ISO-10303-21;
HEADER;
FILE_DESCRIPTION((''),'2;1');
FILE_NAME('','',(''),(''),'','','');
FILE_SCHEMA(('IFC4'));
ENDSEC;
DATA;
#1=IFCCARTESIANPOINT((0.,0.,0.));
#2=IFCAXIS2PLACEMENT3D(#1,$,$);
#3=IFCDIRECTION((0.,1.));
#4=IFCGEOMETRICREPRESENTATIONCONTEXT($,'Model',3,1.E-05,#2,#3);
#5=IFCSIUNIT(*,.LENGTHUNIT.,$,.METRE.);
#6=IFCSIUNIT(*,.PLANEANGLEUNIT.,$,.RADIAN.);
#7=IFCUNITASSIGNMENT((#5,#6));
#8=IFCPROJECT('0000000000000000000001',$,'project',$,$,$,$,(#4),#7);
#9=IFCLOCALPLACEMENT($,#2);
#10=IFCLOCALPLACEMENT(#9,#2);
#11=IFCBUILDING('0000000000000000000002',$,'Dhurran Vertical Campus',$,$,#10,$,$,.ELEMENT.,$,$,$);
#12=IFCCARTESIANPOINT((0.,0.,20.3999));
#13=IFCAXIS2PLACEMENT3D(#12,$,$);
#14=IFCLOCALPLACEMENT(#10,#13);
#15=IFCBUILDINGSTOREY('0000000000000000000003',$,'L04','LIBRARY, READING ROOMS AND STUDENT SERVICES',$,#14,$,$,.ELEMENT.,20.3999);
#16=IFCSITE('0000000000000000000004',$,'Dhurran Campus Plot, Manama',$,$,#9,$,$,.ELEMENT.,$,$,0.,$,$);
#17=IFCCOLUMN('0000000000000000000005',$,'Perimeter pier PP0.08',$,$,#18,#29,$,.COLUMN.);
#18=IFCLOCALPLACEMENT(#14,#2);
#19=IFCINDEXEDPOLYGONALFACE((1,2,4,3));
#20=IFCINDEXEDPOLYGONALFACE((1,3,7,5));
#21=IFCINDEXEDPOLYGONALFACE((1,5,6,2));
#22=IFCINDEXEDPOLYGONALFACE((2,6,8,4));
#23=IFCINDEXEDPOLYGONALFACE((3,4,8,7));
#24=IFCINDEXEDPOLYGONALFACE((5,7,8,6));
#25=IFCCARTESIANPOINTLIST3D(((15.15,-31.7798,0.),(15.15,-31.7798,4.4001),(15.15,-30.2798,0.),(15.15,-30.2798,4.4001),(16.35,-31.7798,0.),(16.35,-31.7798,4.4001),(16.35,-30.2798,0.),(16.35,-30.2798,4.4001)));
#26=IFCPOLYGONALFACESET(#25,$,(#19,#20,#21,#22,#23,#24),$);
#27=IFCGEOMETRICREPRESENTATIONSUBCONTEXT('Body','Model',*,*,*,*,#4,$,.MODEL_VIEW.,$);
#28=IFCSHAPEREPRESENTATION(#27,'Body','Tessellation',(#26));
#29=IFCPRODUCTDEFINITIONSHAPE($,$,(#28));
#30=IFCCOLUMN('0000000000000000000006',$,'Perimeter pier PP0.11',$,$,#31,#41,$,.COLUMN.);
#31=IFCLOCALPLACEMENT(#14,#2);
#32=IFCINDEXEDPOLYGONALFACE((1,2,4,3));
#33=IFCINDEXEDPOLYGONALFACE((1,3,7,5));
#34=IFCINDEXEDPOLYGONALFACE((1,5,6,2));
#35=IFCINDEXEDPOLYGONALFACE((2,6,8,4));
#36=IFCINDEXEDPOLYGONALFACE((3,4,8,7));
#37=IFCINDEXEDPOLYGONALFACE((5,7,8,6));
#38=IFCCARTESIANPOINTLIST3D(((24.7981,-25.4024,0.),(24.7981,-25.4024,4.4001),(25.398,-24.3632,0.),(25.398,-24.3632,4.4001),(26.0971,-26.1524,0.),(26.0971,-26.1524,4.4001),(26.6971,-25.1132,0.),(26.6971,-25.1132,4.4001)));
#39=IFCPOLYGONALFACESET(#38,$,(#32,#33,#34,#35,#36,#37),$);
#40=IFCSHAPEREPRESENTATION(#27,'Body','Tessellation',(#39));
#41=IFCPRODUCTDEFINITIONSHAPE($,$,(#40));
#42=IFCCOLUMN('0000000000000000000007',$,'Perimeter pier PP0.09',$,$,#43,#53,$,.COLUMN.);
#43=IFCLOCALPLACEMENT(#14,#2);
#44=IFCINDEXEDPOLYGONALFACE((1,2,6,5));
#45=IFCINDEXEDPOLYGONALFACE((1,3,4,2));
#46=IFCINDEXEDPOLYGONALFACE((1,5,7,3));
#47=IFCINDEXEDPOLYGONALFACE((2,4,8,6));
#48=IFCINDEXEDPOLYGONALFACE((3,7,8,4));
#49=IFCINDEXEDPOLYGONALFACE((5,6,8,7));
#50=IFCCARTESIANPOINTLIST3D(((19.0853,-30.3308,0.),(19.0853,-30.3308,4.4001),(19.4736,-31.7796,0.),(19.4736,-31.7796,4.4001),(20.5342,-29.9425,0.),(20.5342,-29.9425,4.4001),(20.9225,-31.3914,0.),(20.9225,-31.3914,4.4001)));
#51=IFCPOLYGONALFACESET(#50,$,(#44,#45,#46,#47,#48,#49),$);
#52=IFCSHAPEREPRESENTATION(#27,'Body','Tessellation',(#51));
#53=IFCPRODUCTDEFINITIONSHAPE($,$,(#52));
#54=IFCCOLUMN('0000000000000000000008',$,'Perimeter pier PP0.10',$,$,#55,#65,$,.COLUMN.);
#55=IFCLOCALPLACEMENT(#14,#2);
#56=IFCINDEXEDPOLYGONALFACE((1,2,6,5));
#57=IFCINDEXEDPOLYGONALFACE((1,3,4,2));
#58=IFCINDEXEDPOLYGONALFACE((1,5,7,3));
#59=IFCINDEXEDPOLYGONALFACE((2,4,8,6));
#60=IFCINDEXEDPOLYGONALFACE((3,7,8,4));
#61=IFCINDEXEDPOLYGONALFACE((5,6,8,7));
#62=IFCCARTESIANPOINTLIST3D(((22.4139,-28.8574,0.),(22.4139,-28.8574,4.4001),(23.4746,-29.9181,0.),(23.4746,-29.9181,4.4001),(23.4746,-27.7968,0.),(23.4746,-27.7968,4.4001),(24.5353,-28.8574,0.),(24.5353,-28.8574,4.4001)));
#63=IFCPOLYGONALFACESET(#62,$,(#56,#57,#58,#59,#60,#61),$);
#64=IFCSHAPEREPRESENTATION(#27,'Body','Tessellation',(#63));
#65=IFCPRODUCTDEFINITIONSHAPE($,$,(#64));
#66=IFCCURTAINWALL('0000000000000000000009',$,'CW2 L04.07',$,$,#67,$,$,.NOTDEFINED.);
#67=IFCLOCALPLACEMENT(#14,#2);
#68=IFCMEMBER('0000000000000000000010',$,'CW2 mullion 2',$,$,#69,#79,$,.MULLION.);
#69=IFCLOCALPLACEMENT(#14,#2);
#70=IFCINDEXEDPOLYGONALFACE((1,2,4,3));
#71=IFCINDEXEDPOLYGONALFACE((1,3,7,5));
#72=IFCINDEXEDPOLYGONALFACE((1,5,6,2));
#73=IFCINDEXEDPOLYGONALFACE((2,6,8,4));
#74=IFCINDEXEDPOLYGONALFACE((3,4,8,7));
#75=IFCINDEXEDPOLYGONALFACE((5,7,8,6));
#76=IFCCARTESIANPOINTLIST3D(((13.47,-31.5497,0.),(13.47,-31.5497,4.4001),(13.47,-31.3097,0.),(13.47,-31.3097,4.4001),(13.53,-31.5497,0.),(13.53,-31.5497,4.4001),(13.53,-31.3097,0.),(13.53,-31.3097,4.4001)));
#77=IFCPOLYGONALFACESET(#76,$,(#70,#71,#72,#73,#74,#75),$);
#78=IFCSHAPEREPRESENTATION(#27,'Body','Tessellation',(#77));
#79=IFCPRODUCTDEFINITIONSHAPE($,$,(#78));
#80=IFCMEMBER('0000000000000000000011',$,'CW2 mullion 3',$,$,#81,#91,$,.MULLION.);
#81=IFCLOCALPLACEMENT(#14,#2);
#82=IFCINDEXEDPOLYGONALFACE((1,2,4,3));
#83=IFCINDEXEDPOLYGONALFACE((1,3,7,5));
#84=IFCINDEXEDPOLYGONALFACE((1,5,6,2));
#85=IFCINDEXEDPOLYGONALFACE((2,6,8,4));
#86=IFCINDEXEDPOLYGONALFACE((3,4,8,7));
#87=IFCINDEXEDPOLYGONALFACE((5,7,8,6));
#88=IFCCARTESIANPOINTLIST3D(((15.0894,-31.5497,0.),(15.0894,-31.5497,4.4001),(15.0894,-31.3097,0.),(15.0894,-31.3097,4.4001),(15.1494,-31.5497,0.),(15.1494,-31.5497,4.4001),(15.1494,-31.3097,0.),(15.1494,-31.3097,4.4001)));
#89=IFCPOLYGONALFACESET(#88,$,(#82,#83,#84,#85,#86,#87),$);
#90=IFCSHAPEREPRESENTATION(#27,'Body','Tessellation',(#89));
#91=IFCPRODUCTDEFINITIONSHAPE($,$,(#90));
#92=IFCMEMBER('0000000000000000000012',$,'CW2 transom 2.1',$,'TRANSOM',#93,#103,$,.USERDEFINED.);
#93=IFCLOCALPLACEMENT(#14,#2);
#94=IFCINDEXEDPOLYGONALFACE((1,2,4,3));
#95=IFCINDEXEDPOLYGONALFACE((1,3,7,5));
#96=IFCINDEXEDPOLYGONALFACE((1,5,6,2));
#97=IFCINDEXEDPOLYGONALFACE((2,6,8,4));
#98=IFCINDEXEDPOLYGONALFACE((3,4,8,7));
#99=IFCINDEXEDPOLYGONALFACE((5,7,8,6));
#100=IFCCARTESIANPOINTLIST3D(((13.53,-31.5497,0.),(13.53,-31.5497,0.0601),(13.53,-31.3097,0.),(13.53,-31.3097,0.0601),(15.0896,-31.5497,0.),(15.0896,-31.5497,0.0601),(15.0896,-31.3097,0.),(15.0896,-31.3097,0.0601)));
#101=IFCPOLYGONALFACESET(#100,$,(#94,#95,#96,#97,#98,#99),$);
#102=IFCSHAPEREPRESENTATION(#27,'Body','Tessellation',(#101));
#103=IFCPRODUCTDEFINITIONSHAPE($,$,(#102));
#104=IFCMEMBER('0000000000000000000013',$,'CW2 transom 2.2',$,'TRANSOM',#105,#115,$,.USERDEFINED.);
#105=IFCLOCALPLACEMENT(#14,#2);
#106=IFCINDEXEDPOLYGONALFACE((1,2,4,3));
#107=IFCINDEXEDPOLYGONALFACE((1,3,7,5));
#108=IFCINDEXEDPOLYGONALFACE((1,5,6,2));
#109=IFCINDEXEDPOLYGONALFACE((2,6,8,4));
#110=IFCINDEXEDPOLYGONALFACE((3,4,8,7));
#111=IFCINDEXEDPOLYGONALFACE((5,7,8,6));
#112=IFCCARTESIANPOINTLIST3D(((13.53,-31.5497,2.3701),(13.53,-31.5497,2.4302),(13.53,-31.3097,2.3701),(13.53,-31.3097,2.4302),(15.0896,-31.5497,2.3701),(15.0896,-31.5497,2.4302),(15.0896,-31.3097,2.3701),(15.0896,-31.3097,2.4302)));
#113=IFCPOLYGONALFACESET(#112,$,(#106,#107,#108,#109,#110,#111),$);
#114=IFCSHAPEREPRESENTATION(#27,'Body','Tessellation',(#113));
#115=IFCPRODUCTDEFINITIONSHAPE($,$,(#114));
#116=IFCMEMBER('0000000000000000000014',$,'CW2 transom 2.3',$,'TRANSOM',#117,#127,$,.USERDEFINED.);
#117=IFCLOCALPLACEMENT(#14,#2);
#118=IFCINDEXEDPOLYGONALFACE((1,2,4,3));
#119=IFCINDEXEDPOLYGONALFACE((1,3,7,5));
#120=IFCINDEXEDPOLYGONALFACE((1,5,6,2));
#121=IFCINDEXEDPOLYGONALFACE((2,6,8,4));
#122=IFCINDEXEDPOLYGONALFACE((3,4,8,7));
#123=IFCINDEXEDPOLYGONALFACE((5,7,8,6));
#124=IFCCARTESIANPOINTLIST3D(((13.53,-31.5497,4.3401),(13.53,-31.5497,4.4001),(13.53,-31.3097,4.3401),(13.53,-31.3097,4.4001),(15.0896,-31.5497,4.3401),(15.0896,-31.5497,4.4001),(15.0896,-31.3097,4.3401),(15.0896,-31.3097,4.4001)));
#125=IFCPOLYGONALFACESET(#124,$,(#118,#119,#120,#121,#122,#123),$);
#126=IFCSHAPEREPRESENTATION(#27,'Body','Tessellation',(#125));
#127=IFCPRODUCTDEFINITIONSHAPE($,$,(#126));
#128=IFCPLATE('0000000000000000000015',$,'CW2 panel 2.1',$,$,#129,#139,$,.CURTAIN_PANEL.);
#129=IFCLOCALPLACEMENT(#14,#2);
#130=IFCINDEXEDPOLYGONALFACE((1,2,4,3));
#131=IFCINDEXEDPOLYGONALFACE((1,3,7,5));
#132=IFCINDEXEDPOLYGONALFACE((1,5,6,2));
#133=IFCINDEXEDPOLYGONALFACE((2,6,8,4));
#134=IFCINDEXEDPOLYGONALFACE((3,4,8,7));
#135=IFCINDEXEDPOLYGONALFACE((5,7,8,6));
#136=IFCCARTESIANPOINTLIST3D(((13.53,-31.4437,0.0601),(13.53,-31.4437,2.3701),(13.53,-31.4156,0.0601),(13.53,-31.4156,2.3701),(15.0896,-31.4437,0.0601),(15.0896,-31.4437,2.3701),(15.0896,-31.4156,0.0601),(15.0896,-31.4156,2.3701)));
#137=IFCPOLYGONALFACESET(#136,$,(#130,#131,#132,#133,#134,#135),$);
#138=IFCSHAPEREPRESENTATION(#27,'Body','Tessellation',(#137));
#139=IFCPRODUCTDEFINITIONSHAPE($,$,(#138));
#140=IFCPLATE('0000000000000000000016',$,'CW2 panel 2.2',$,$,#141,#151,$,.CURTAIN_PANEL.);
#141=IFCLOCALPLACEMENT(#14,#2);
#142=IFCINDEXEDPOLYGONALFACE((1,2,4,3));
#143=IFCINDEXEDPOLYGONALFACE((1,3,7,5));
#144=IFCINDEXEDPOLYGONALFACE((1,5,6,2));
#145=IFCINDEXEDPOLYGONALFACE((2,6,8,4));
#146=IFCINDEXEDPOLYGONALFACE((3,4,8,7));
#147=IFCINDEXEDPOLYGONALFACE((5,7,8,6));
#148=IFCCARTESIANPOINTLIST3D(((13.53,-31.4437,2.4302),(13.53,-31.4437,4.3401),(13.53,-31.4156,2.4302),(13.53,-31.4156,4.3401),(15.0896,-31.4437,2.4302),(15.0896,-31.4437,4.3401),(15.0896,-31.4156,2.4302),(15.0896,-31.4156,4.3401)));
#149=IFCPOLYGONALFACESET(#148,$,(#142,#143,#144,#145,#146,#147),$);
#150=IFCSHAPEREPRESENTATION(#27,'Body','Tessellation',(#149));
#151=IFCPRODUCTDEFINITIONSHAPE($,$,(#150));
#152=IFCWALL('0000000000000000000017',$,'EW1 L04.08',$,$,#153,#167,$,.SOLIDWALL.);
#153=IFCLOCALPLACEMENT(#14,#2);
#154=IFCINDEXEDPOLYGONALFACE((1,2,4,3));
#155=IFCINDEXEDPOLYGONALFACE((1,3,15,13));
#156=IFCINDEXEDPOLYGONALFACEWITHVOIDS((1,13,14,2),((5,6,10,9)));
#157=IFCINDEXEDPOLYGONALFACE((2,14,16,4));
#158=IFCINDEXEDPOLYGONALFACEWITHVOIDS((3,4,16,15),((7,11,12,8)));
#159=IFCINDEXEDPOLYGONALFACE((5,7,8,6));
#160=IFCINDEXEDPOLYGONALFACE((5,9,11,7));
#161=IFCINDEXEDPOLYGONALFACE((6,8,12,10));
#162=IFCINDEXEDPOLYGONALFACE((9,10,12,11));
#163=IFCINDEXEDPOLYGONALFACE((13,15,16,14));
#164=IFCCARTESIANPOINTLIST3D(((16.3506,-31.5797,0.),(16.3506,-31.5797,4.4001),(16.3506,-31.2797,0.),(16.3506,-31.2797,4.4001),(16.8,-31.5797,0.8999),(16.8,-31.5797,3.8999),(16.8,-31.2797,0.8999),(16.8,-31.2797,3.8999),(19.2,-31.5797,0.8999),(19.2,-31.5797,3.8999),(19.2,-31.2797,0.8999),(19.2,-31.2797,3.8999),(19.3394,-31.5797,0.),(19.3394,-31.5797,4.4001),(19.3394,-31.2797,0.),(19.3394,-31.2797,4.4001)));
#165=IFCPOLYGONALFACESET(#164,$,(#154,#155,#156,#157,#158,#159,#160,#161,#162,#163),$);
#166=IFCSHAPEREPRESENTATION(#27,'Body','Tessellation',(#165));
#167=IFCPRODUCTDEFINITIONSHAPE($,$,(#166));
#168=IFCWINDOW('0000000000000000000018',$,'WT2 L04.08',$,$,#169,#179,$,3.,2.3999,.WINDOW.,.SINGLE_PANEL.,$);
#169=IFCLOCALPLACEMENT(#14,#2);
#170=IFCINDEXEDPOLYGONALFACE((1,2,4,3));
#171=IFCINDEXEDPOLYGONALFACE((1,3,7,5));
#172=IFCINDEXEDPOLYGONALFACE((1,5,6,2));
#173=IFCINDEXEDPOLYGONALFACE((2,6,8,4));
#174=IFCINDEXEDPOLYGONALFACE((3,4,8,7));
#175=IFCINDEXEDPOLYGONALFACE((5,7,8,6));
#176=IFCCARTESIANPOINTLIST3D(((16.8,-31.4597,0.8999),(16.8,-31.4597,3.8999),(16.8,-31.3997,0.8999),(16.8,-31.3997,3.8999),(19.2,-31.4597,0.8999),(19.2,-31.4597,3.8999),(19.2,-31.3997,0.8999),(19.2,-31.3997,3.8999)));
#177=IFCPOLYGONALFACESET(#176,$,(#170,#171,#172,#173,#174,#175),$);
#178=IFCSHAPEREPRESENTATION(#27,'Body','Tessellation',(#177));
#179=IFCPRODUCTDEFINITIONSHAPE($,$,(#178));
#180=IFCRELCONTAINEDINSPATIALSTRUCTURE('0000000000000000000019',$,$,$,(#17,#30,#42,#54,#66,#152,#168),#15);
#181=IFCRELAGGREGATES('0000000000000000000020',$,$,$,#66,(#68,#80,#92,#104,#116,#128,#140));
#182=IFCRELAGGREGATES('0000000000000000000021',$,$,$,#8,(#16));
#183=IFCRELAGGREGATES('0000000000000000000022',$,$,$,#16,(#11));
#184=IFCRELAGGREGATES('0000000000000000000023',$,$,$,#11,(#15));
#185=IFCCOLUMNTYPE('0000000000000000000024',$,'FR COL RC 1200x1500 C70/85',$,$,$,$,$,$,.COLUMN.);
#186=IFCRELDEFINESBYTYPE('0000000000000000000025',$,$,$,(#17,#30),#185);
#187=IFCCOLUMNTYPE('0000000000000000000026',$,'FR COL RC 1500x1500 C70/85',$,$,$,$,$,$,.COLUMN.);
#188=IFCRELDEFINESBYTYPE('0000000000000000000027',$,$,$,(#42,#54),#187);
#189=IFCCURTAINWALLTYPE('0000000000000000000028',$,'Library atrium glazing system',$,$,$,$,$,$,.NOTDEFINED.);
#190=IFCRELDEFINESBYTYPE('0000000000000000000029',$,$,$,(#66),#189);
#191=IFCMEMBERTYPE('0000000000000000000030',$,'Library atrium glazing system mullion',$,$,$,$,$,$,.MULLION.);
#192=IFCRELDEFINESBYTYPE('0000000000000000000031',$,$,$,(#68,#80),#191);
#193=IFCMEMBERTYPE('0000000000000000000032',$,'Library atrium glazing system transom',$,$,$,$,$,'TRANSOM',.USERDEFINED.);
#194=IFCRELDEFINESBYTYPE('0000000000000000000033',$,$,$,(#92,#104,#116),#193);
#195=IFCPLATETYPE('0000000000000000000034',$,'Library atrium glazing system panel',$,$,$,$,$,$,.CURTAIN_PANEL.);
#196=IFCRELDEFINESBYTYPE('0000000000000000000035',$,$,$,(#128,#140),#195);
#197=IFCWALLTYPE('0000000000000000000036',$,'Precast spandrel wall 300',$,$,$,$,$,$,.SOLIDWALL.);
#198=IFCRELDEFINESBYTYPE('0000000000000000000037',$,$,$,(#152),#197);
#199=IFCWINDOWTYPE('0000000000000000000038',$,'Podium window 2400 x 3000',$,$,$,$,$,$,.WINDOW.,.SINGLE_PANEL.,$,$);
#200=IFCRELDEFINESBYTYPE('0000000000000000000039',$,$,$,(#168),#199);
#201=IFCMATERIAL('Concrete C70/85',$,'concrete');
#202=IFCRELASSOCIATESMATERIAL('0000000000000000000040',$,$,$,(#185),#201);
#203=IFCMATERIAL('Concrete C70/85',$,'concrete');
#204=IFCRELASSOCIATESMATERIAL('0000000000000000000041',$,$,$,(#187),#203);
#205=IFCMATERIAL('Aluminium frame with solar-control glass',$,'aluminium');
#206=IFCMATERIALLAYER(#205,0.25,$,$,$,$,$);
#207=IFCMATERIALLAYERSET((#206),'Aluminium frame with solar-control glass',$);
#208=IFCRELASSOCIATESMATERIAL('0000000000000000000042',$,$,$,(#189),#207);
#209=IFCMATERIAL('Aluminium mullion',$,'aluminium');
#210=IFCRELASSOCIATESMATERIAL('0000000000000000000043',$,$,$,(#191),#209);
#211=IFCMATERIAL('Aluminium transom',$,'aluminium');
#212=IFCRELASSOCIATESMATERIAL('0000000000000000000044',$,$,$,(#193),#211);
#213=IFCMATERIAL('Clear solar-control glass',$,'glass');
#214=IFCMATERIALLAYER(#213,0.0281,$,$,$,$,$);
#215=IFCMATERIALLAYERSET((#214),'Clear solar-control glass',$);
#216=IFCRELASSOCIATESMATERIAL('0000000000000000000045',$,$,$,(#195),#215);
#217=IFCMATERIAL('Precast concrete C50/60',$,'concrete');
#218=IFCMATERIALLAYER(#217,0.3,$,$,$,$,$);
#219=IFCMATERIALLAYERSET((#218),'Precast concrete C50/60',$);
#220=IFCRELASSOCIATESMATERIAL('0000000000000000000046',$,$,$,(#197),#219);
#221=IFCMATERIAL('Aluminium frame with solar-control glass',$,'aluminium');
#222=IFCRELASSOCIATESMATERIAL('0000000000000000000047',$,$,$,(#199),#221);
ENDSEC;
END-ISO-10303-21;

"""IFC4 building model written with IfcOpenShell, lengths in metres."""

from ifc_helpers import new_model, si_unit, direction, frame, frame_2d, origin, origin_2d, place, context, subcontext, project, spatial, rectangle, extrude, material, layer, layer_set, material_profile, profile_set, type_object, element, fill, aggregate, save


model = new_model("IFC4")

# Units and contexts
model_context = context("Model", 3, precision=1e-05, world=origin(), true_north=direction((0.0, 1.0)))
body_context = subcontext(model_context, "Body", "Model", "MODEL_VIEW")
ifc_project = project(units=[si_unit("LENGTHUNIT", "METRE"), si_unit("PLANEANGLEUNIT", "RADIAN")], contexts=[model_context])

# Site, building, storey
site_placement = place(None, origin())
site = spatial("IfcSite", under=ifc_project, at=site_placement, Name="Dhurran Campus Plot, Manama", CompositionType="ELEMENT", RefElevation=0.0)
building_placement = place(site_placement, origin())
building = spatial("IfcBuilding", under=site, at=building_placement, Name="Dhurran Vertical Campus", CompositionType="ELEMENT")
storey_placement = place(building_placement, frame((0.0, 0.0, 20.3999)))
storey = spatial("IfcBuildingStorey", under=building, at=storey_placement, Name="L04", Description="LIBRARY, READING ROOMS AND STUDENT SERVICES", CompositionType="ELEMENT", Elevation=20.3999)

# Columns
ifc_material_1 = material(Name="Concrete C70/85", Category="concrete")
ifc_material_profile_1 = material_profile(ifc_material_1, rectangle(XDim=1.2, YDim=1.5, at=origin_2d()), Name="RC 1200x1500")
ifc_profile_set_1 = profile_set([ifc_material_profile_1], Name="Concrete C70/85")
column_type_1 = type_object("IfcColumnType", Name="FR COL RC 1200x1500 C70/85", PredefinedType="COLUMN", material=ifc_profile_set_1)
for number, where, z_axis, x_axis, name in (
    (1, (15.75, -31.0298, 0.0), (0.0, 0.0, 1.0), (1.0, 0.0, 0.0), "Perimeter pier PP0.08"),
    (2, (25.7476, -25.2578, 0.0), (0.0, 0.0, 1.0), (0.5, 0.866025, 0.0), "Perimeter pier PP0.11"),
):
    element("IfcColumn", number, at=place(storey_placement, frame(where, z_axis=z_axis, x_axis=x_axis)), inside=storey, type_object=column_type_1, Name=name, PredefinedType="COLUMN", context=body_context, shape_type="SweptSolid", body=[
        extrude(rectangle(XDim=1.2, YDim=1.5, at=origin_2d()), origin(), (0.0, 0.0, 1.0), 4.4001),
    ])
ifc_material_2 = material(Name="Concrete C70/85", Category="concrete")
ifc_material_profile_2 = material_profile(ifc_material_2, rectangle(XDim=1.5, YDim=1.5, at=origin_2d()), Name="RC 1500x1500")
ifc_profile_set_2 = profile_set([ifc_material_profile_2], Name="Concrete C70/85")
column_type_2 = type_object("IfcColumnType", Name="FR COL RC 1500x1500 C70/85", PredefinedType="COLUMN", material=ifc_profile_set_2)
for number, where, z_axis, x_axis, name in (
    (3, (20.0039, -30.8611, 0.0), (0.0, 0.0, 1.0), (0.965926, 0.258819, 0.0), "Perimeter pier PP0.09"),
    (4, (23.4746, -28.8574, 0.0), (0.0, 0.0, 1.0), (0.707107, 0.707107, 0.0), "Perimeter pier PP0.10"),
):
    element("IfcColumn", number, at=place(storey_placement, frame(where, z_axis=z_axis, x_axis=x_axis)), inside=storey, type_object=column_type_2, Name=name, PredefinedType="COLUMN", context=body_context, shape_type="SweptSolid", body=[
        extrude(rectangle(XDim=1.5, YDim=1.5, at=origin_2d()), origin(), (0.0, 0.0, 1.0), 4.4001),
    ])

# Curtain wall, members, plates
ifc_material_3 = material(Name="Aluminium frame with solar-control glass", Category="aluminium")
ifc_layer_1 = layer(ifc_material_3, 0.25)
ifc_layer_set_1 = layer_set([ifc_layer_1], Name="Aluminium frame with solar-control glass")
curtain_wall_type = type_object("IfcCurtainWallType", Name="Library atrium glazing system", PredefinedType="NOTDEFINED", material=ifc_layer_set_1)
curtain_wall_placement = place(storey_placement, origin())
curtain_wall = element("IfcCurtainWall", 5, at=curtain_wall_placement, inside=storey, type_object=curtain_wall_type, Name="CW2 L04.07", PredefinedType="NOTDEFINED")
ifc_material_4 = material(Name="Aluminium mullion", Category="aluminium")
ifc_material_profile_3 = material_profile(ifc_material_4, rectangle(XDim=0.24, YDim=0.0601, at=origin_2d()), Name="Library atrium glazing system mullion")
ifc_profile_set_3 = profile_set([ifc_material_profile_3], Name="Aluminium mullion")
member_type_1 = type_object("IfcMemberType", Name="Library atrium glazing system mullion", PredefinedType="MULLION", material=ifc_profile_set_3)
member_1_placement = place(storey_placement, frame((13.5, -31.4297, 0.0), z_axis=(0.0, 0.0, 1.0), x_axis=(0.0, 1.0, 0.0)))
member_1 = element("IfcMember", 6, at=member_1_placement, type_object=member_type_1, Name="CW2 mullion 2", PredefinedType="MULLION", context=body_context, shape_type="SweptSolid", body=[
    extrude(rectangle(XDim=0.24, YDim=0.0601, at=origin_2d()), origin(), (0.0, 0.0, 1.0), 4.4001),
])
member_2_placement = place(storey_placement, frame((15.1194, -31.4297, 0.0), z_axis=(0.0, 0.0, 1.0), x_axis=(0.0, 1.0, 0.0)))
member_2 = element("IfcMember", 7, at=member_2_placement, type_object=member_type_1, Name="CW2 mullion 3", PredefinedType="MULLION", context=body_context, shape_type="SweptSolid", body=[
    extrude(rectangle(XDim=0.24, YDim=0.0601, at=origin_2d()), origin(), (0.0, 0.0, 1.0), 4.4001),
])
ifc_material_5 = material(Name="Aluminium transom", Category="aluminium")
ifc_material_profile_4 = material_profile(ifc_material_5, rectangle(XDim=0.24, YDim=0.0601, at=origin_2d()), Name="Library atrium glazing system transom")
ifc_profile_set_4 = profile_set([ifc_material_profile_4], Name="Aluminium transom")
member_type_2 = type_object("IfcMemberType", Name="Library atrium glazing system transom", ElementType="TRANSOM", PredefinedType="USERDEFINED", material=ifc_profile_set_4)
member_3_placement = place(storey_placement, frame((13.53, -31.4297, 0.03), z_axis=(1.0, 0.0, 0.0), x_axis=(0.0, 1.0, 0.0)))
member_3 = element("IfcMember", 8, at=member_3_placement, type_object=member_type_2, Name="CW2 transom 2.1", ObjectType="TRANSOM", PredefinedType="USERDEFINED", context=body_context, shape_type="SweptSolid", body=[
    extrude(rectangle(XDim=0.24, YDim=0.0601, at=origin_2d()), origin(), (0.0, 0.0, 1.0), 1.5596),
])
member_4_placement = place(storey_placement, frame((13.53, -31.4297, 2.4001), z_axis=(1.0, 0.0, 0.0), x_axis=(0.0, 1.0, 0.0)))
member_4 = element("IfcMember", 9, at=member_4_placement, type_object=member_type_2, Name="CW2 transom 2.2", ObjectType="TRANSOM", PredefinedType="USERDEFINED", context=body_context, shape_type="SweptSolid", body=[
    extrude(rectangle(XDim=0.24, YDim=0.0601, at=origin_2d()), origin(), (0.0, 0.0, 1.0), 1.5596),
])
member_5_placement = place(storey_placement, frame((13.53, -31.4297, 4.3701), z_axis=(1.0, 0.0, 0.0), x_axis=(0.0, 1.0, 0.0)))
member_5 = element("IfcMember", 10, at=member_5_placement, type_object=member_type_2, Name="CW2 transom 2.3", ObjectType="TRANSOM", PredefinedType="USERDEFINED", context=body_context, shape_type="SweptSolid", body=[
    extrude(rectangle(XDim=0.24, YDim=0.0601, at=origin_2d()), origin(), (0.0, 0.0, 1.0), 1.5596),
])
ifc_material_6 = material(Name="Clear solar-control glass", Category="glass")
ifc_layer_2 = layer(ifc_material_6, 0.0281)
ifc_layer_set_2 = layer_set([ifc_layer_2], Name="Clear solar-control glass")
plate_type = type_object("IfcPlateType", Name="Library atrium glazing system panel", PredefinedType="CURTAIN_PANEL", material=ifc_layer_set_2)
plate_1_placement = place(storey_placement, frame((14.3098, -31.4297, 0.0601), z_axis=(0.0, 0.0, 1.0), x_axis=(1.0, 0.0, 0.0)))
plate_1 = element("IfcPlate", 11, at=plate_1_placement, type_object=plate_type, Name="CW2 panel 2.1", PredefinedType="CURTAIN_PANEL", context=body_context, shape_type="SweptSolid", body=[
    extrude(rectangle(XDim=1.5596, YDim=0.0281, at=origin_2d()), origin(), (0.0, 0.0, 1.0), 2.3101),
])
plate_2_placement = place(storey_placement, frame((14.3098, -31.4297, 2.4302), z_axis=(0.0, 0.0, 1.0), x_axis=(1.0, 0.0, 0.0)))
plate_2 = element("IfcPlate", 12, at=plate_2_placement, type_object=plate_type, Name="CW2 panel 2.2", PredefinedType="CURTAIN_PANEL", context=body_context, shape_type="SweptSolid", body=[
    extrude(rectangle(XDim=1.5596, YDim=0.0281, at=origin_2d()), origin(), (0.0, 0.0, 1.0), 1.9099),
])
aggregate(curtain_wall, [member_1, member_2, member_3, member_4, member_5, plate_1, plate_2])

# Wall, opening, window
ifc_material_7 = material(Name="Precast concrete C50/60", Category="concrete")
ifc_layer_3 = layer(ifc_material_7, 0.3)
ifc_layer_set_3 = layer_set([ifc_layer_3], Name="Precast concrete C50/60")
wall_type = type_object("IfcWallType", Name="Precast spandrel wall 300", PredefinedType="SOLIDWALL", material=ifc_layer_set_3)
wall_1_placement = place(storey_placement, frame((16.3506, -31.4297, 0.0), z_axis=(0.0, 0.0, 1.0), x_axis=(1.0, 0.0, 0.0)))
wall_1 = element("IfcWall", 13, at=wall_1_placement, inside=storey, type_object=wall_type, Name="EW1 L04.08", PredefinedType="SOLIDWALL", context=body_context, shape_type="SweptSolid", body=[
    extrude(rectangle(XDim=2.9888, YDim=0.3, at=frame_2d((1.4944, 0.0))), origin(), (0.0, 0.0, 1.0), 4.4001),
])
opening_1_placement = place(wall_1_placement, frame((0.4495, 0.0, 0.8999)))
opening_1 = element("IfcOpeningElement", 14, at=opening_1_placement, cuts=wall_1, PredefinedType="OPENING", context=body_context, shape_type="SweptSolid", body=[
    extrude(rectangle(XDim=2.3999, YDim=3.0, at=frame_2d((1.2, 1.5))), frame((0.0, 0.1599, 0.0), z_axis=(0.0, -1.0, 0.0), x_axis=(1.0, 0.0, 0.0)), (0.0, 0.0, 1.0), 0.3201),
])
ifc_material_8 = material(Name="Aluminium frame with solar-control glass", Category="aluminium")
window_type = type_object("IfcWindowType", Name="Podium window 2400 x 3000", PartitioningType="SINGLE_PANEL", PredefinedType="WINDOW", material=ifc_material_8)
window_1_placement = place(opening_1_placement, origin())
window_1 = element("IfcWindow", 15, at=window_1_placement, inside=storey, type_object=window_type, Name="WT2 L04.08", OverallHeight=3.0, OverallWidth=2.3999, PartitioningType="SINGLE_PANEL", PredefinedType="WINDOW", context=body_context, shape_type="SweptSolid", body=[
    extrude(rectangle(XDim=2.3999, YDim=3.0, at=frame_2d((1.2, 1.5))), frame((0.0, 0.03, 0.0), z_axis=(0.0, -1.0, 0.0), x_axis=(1.0, 0.0, 0.0)), (0.0, 0.0, 1.0), 0.0601),
])
fill(opening_1, window_1)

save(model, "model.ifc")
